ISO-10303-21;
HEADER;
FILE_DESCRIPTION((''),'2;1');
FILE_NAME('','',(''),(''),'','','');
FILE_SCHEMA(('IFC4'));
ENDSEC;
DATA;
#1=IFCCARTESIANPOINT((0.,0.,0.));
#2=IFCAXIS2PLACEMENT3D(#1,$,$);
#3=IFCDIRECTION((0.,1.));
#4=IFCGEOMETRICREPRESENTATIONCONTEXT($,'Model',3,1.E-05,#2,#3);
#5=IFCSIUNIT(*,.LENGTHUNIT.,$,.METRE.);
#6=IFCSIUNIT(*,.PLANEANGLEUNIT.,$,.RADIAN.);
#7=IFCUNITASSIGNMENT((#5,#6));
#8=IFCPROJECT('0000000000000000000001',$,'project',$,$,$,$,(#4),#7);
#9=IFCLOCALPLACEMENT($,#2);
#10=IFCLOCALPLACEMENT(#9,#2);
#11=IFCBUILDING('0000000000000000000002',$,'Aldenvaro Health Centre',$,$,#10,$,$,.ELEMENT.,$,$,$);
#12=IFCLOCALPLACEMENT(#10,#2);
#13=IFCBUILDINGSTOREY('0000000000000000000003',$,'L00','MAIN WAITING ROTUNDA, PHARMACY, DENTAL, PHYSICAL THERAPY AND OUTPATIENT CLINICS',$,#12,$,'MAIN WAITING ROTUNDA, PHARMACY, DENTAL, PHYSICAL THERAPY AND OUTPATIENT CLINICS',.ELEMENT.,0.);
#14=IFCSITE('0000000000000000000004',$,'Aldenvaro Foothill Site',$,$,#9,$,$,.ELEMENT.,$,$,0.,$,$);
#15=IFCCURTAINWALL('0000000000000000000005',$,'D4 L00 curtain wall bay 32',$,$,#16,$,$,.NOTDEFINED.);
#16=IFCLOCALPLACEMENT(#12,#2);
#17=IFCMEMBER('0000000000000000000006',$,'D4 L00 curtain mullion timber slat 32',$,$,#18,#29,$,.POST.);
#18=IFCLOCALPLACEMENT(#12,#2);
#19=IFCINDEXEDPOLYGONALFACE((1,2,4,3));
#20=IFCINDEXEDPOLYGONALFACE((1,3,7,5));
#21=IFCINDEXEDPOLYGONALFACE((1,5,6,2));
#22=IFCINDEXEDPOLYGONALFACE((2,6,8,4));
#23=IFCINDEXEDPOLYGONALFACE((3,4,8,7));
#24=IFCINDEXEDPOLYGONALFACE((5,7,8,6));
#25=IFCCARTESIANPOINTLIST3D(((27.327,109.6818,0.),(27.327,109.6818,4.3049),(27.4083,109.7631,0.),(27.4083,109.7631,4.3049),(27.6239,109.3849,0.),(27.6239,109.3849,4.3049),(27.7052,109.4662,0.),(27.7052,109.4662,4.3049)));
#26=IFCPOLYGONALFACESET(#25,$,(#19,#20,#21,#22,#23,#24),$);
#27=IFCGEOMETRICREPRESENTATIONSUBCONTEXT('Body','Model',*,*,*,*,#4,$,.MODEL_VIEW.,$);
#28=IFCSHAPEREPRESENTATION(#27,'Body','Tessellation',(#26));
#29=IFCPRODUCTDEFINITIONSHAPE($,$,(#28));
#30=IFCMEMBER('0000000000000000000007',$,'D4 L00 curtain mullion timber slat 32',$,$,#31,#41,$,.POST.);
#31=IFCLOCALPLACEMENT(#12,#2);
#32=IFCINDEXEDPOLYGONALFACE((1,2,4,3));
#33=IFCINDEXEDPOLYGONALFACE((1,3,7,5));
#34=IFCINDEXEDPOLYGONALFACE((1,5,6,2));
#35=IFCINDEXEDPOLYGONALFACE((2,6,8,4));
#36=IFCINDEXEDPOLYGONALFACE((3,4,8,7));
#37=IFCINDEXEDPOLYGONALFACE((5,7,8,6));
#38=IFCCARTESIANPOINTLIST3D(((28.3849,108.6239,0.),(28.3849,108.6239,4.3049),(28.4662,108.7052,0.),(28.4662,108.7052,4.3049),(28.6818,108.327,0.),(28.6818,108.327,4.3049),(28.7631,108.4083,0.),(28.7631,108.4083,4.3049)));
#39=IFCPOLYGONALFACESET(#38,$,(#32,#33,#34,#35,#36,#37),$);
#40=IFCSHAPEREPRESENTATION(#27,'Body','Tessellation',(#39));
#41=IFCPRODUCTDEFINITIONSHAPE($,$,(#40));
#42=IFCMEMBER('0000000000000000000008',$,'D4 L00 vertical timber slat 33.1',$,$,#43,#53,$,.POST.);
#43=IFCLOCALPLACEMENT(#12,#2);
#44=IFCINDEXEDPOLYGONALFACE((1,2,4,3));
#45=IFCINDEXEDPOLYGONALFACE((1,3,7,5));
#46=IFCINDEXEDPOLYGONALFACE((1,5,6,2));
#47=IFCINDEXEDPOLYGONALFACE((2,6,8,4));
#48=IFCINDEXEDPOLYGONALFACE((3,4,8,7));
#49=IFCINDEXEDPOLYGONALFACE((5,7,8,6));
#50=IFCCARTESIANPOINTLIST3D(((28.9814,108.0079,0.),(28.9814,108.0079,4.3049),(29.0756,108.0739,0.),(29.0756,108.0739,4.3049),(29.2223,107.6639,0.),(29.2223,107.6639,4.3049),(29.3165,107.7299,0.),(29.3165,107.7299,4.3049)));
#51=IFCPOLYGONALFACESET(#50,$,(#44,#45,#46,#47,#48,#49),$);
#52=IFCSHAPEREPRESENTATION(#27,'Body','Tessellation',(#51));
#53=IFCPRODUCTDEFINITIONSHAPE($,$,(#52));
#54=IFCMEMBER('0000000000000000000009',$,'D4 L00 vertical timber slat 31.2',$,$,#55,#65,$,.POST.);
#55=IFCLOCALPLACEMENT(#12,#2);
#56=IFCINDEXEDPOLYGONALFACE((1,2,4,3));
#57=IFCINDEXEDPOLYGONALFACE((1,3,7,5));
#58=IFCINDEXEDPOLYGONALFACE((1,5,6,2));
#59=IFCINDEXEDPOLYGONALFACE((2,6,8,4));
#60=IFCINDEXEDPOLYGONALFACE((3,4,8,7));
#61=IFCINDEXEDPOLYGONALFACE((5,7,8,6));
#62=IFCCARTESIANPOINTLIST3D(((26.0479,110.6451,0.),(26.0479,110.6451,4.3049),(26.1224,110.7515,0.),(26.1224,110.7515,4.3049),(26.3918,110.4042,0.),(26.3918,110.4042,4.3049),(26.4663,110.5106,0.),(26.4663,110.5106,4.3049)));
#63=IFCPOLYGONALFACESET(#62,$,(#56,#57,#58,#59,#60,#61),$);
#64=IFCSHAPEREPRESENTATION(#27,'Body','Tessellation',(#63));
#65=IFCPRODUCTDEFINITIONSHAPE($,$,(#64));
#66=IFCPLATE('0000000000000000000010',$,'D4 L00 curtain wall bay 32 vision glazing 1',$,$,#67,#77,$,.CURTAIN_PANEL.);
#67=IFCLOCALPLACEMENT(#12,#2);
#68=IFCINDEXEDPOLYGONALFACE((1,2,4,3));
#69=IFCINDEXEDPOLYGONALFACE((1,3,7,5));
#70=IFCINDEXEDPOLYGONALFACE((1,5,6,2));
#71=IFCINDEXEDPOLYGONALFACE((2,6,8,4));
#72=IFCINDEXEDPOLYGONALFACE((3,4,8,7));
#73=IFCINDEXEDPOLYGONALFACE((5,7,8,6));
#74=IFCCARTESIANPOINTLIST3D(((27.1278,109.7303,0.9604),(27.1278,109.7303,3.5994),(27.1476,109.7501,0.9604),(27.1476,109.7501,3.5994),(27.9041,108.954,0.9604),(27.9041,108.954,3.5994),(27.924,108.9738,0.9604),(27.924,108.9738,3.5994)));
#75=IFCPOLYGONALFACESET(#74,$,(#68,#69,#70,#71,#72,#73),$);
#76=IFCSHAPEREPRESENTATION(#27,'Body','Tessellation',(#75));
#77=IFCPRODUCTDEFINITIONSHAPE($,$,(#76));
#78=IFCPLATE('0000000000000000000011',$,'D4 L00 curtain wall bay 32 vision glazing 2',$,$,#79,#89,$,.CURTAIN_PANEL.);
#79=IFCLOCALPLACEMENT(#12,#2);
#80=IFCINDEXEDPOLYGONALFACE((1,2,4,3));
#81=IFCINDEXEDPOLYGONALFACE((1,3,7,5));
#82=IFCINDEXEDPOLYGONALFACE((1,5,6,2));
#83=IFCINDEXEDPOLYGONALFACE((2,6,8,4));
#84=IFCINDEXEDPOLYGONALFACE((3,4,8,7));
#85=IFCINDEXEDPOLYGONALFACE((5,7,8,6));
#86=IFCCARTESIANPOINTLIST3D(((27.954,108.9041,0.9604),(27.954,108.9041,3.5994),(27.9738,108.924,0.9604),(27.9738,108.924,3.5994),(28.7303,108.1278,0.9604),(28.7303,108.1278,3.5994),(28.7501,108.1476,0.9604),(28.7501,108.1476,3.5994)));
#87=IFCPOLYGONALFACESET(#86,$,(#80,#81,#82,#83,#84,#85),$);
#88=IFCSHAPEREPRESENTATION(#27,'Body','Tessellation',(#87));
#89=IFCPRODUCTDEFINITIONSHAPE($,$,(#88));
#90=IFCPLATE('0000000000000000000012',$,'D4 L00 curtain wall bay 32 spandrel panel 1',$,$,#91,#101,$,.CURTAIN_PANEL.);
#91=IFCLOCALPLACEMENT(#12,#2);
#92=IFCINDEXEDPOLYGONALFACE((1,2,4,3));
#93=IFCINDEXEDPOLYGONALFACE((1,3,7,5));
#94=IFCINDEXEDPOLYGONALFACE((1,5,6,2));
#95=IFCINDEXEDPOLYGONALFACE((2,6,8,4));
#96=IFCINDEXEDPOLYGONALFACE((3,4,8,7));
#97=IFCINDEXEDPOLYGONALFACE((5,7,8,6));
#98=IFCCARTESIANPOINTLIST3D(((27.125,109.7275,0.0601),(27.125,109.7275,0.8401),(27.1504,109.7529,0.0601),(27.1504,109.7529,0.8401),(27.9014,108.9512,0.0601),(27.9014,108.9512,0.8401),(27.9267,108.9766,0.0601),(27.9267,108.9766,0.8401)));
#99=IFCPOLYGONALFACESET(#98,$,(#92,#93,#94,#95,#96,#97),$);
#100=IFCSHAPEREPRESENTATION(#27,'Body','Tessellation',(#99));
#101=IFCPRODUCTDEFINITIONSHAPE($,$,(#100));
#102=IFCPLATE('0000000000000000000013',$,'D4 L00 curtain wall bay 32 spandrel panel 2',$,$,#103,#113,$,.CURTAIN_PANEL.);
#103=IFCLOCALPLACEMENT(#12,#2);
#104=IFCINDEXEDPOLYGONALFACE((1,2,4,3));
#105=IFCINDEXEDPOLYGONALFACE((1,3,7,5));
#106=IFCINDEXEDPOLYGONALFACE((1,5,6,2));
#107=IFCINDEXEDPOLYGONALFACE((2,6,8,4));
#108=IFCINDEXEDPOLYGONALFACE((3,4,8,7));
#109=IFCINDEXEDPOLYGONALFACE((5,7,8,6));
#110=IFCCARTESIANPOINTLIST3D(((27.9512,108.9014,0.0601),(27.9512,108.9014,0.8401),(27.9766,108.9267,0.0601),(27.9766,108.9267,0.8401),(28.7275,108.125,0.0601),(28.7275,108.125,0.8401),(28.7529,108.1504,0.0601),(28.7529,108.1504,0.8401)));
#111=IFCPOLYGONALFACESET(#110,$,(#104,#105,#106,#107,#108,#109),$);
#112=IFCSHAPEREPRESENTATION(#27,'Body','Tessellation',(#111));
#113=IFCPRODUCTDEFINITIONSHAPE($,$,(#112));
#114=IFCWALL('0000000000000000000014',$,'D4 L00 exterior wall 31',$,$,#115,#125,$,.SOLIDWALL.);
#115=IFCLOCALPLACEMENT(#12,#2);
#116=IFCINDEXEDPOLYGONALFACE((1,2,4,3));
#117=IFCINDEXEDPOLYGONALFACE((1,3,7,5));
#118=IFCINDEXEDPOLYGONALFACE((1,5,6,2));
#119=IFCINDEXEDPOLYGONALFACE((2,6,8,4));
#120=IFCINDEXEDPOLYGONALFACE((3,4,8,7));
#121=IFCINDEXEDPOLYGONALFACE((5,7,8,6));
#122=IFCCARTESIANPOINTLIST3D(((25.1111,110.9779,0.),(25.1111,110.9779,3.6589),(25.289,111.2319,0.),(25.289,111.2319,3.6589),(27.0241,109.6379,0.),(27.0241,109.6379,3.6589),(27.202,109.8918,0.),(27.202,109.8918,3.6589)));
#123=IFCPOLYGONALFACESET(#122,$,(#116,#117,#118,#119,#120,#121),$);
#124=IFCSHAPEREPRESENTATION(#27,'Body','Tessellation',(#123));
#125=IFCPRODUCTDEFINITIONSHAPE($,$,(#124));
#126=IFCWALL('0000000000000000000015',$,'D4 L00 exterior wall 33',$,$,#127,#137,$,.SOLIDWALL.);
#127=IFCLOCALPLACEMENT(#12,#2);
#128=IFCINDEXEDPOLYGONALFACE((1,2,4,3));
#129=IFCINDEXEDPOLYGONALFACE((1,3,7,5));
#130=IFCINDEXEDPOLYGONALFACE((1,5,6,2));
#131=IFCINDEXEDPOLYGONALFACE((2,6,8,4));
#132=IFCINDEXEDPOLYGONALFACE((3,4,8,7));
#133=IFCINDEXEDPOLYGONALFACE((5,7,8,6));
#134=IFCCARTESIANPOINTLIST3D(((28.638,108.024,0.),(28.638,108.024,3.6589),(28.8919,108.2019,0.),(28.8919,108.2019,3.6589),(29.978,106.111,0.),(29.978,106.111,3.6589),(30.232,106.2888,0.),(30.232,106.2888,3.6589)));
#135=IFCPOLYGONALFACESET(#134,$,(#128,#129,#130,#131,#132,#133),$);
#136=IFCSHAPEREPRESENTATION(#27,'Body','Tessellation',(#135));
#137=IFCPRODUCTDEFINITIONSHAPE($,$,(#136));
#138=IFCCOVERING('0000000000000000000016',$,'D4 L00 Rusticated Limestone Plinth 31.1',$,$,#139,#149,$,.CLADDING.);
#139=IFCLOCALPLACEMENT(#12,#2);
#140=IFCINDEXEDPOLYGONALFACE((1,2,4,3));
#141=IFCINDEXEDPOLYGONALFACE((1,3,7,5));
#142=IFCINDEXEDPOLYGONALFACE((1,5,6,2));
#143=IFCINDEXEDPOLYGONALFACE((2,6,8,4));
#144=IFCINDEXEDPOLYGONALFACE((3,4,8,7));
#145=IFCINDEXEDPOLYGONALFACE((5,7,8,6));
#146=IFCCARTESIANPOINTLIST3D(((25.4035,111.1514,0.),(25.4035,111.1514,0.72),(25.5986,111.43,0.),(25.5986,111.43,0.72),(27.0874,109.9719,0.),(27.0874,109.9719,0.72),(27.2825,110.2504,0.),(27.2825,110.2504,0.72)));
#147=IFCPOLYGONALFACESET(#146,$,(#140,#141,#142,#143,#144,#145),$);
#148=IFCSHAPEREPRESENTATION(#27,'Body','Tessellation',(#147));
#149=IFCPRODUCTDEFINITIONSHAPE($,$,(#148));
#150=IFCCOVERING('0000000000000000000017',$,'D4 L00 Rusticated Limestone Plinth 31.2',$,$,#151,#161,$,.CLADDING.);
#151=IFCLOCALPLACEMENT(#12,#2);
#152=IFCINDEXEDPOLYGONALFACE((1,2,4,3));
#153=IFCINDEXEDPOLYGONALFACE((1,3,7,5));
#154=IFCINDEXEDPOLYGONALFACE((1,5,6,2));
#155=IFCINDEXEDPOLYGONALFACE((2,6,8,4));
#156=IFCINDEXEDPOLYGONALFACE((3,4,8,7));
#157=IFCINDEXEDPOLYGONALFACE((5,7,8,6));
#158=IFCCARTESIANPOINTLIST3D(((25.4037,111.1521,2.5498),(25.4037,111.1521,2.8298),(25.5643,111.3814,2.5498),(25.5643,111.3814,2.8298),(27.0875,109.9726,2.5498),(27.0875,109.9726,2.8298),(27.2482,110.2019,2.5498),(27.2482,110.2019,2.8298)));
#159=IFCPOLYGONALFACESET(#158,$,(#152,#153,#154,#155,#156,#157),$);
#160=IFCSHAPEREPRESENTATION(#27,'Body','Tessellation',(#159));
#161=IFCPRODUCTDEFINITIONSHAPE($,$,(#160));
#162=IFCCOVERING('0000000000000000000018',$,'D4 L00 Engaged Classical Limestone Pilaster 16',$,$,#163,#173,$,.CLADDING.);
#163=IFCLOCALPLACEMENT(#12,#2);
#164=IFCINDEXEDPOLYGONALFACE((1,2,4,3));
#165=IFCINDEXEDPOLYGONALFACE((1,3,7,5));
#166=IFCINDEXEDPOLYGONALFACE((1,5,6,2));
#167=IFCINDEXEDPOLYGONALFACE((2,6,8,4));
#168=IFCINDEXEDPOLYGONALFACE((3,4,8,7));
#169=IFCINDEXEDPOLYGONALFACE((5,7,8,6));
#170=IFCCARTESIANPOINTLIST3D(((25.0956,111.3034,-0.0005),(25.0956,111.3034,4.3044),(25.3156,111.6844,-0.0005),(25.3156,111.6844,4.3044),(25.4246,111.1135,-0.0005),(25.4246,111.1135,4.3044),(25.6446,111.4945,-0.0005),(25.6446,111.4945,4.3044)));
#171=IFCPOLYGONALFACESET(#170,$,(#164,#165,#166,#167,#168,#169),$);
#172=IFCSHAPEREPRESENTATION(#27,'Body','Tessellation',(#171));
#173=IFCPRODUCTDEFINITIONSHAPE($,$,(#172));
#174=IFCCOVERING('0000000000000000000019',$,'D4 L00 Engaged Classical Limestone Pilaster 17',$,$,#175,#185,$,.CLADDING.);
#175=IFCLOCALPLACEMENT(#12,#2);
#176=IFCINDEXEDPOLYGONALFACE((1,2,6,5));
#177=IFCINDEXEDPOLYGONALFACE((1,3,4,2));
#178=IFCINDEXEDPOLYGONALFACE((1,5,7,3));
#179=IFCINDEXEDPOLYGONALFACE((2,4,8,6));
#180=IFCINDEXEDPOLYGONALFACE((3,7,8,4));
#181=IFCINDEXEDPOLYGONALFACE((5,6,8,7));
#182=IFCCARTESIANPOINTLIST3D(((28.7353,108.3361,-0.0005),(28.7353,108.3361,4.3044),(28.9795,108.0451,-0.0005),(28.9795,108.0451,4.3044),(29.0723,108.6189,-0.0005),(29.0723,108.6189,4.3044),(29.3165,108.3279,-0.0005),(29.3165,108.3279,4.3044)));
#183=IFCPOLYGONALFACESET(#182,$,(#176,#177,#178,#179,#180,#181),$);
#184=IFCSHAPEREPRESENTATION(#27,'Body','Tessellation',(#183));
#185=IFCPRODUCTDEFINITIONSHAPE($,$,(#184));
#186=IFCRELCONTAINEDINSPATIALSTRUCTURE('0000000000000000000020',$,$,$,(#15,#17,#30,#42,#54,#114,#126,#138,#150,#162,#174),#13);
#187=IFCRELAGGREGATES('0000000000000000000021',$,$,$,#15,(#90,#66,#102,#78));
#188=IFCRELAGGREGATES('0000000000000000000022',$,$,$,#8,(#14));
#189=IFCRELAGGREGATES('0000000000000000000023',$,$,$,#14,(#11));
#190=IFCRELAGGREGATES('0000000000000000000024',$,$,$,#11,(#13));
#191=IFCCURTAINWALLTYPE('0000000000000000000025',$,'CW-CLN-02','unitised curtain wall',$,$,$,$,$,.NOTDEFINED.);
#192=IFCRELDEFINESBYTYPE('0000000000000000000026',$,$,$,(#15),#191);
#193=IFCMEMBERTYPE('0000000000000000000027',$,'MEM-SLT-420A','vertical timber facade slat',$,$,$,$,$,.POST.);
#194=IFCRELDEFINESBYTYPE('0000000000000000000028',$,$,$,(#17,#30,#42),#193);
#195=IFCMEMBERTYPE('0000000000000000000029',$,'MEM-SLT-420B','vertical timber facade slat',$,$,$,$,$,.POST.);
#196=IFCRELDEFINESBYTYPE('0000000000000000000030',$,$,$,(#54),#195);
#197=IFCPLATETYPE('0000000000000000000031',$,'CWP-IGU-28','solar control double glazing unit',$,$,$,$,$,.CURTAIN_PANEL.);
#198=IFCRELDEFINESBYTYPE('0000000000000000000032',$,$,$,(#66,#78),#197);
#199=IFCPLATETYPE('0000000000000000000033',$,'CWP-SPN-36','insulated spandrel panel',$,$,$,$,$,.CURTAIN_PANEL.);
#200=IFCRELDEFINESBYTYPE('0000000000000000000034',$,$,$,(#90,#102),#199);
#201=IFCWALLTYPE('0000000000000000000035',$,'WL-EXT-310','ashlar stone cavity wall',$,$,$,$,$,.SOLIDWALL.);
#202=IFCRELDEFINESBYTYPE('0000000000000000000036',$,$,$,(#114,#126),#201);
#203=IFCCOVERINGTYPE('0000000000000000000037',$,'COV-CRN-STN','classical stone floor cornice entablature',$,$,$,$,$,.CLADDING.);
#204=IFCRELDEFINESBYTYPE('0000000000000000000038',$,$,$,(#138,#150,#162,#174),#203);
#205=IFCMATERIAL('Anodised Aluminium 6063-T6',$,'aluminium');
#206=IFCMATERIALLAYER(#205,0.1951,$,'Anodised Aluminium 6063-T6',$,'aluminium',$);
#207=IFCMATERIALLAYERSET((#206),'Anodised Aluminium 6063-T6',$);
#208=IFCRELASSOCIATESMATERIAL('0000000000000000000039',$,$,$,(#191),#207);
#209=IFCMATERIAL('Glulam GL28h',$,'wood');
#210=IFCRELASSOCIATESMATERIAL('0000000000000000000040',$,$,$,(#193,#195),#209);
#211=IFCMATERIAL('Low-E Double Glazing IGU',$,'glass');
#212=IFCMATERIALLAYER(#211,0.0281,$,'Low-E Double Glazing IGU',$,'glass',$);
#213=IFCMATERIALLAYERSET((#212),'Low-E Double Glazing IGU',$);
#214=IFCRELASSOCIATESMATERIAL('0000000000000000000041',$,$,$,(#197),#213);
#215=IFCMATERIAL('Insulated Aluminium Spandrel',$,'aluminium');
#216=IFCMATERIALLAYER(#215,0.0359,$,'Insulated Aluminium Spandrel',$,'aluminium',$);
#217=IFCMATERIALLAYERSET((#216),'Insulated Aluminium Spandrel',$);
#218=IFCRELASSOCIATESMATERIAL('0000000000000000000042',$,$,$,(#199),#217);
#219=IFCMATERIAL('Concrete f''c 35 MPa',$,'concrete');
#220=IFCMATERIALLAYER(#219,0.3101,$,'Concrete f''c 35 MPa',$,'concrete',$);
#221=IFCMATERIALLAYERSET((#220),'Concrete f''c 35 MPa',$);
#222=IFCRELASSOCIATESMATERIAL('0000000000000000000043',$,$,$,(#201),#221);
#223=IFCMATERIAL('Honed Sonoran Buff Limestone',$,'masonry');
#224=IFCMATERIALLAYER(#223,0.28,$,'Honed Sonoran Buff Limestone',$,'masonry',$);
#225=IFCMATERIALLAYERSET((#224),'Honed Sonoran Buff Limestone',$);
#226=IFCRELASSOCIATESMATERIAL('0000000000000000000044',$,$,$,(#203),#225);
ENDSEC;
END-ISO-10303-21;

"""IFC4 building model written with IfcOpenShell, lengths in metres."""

from ifc_helpers import new_model, si_unit, direction, frame, frame_2d, origin, origin_2d, place, context, subcontext, project, spatial, rectangle, extrude, material, layer, layer_set, material_profile, profile_set, type_object, element, aggregate, save


model = new_model("IFC4")

# Units and contexts
model_context = context("Model", 3, precision=1e-05, world=origin(), true_north=direction((0.0, 1.0)))
body_context = subcontext(model_context, "Body", "Model", "MODEL_VIEW")
ifc_project = project(units=[si_unit("LENGTHUNIT", "METRE"), si_unit("PLANEANGLEUNIT", "RADIAN")], contexts=[model_context])

# Site, building, storey
site_placement = place(None, origin())
site = spatial("IfcSite", under=ifc_project, at=site_placement, Name="Aldenvaro Foothill Site", CompositionType="ELEMENT", RefElevation=0.0)
building_placement = place(site_placement, origin())
building = spatial("IfcBuilding", under=site, at=building_placement, Name="Aldenvaro Health Centre", CompositionType="ELEMENT")
storey_placement = place(building_placement, origin())
storey = spatial("IfcBuildingStorey", under=building, at=storey_placement, Name="L00", Description="MAIN WAITING ROTUNDA, PHARMACY, DENTAL, PHYSICAL THERAPY AND OUTPATIENT CLINICS", LongName="MAIN WAITING ROTUNDA, PHARMACY, DENTAL, PHYSICAL THERAPY AND OUTPATIENT CLINICS", CompositionType="ELEMENT", Elevation=0.0)

# Shared definitions
ifc_material_1 = material(Name="Glulam GL28h", Category="wood")

# Curtain wall
ifc_material_2 = material(Name="Anodised Aluminium 6063-T6", Category="aluminium")
ifc_layer_1 = layer(ifc_material_2, 0.1951, Name="Anodised Aluminium 6063-T6", Category="aluminium")
ifc_layer_set_1 = layer_set([ifc_layer_1], Name="Anodised Aluminium 6063-T6")
curtain_wall_type = type_object("IfcCurtainWallType", Name="CW-CLN-02", Description="unitised curtain wall", PredefinedType="NOTDEFINED", material=ifc_layer_set_1)
curtain_wall_placement = place(storey_placement, origin())
curtain_wall = element("IfcCurtainWall", 1, at=curtain_wall_placement, inside=storey, type_object=curtain_wall_type, Name="D4 L00 curtain wall bay 32", PredefinedType="NOTDEFINED")

# Members
ifc_material_profile_1 = material_profile(ifc_material_1, rectangle(XDim=0.115, YDim=0.4199, at=origin_2d()), Name="GL 115x420", Category="wood")
ifc_profile_set_1 = profile_set([ifc_material_profile_1], Name="Glulam GL28h")
member_type_1 = type_object("IfcMemberType", Name="MEM-SLT-420A", Description="vertical timber facade slat", PredefinedType="POST", material=ifc_profile_set_1)
for number, where, z_axis, x_axis, name in (
    (2, (27.5161, 109.574, 0.0), (0.0, 0.0, 1.0), (0.707107, 0.707107, 0.0), "D4 L00 curtain mullion timber slat 32"),
    (3, (28.574, 108.5161, 0.0), (0.0, 0.0, 1.0), (0.707107, 0.707107, 0.0), "D4 L00 curtain mullion timber slat 32"),
    (4, (29.1489, 107.8689, 0.0), (0.0, 0.0, 1.0), (0.819051, 0.573721, 0.0), "D4 L00 vertical timber slat 33.1"),
):
    element("IfcMember", number, at=place(storey_placement, frame(where, z_axis=z_axis, x_axis=x_axis)), inside=storey, type_object=member_type_1, Name=name, PredefinedType="POST", context=body_context, shape_type="SweptSolid", body=[
        extrude(rectangle(XDim=0.115, YDim=0.4199, at=origin_2d()), origin(), (0.0, 0.0, 1.0), 4.3049),
    ])
ifc_material_profile_2 = material_profile(ifc_material_1, rectangle(XDim=0.1299, YDim=0.4199, at=origin_2d()), Name="GL 130x420", Category="wood")
ifc_profile_set_2 = profile_set([ifc_material_profile_2], Name="Glulam GL28h")
member_type_2 = type_object("IfcMemberType", Name="MEM-SLT-420B", Description="vertical timber facade slat", PredefinedType="POST", material=ifc_profile_set_2)
member_1_placement = place(storey_placement, frame((26.2571, 110.5779, 0.0), z_axis=(0.0, 0.0, 1.0), x_axis=(0.573721, 0.819051, 0.0)))
element("IfcMember", 5, at=member_1_placement, inside=storey, type_object=member_type_2, Name="D4 L00 vertical timber slat 31.2", PredefinedType="POST", context=body_context, shape_type="SweptSolid", body=[
    extrude(rectangle(XDim=0.1299, YDim=0.4199, at=origin_2d()), origin(), (0.0, 0.0, 1.0), 4.3049),
])

# Plates
ifc_material_3 = material(Name="Low-E Double Glazing IGU", Category="glass")
ifc_layer_2 = layer(ifc_material_3, 0.0281, Name="Low-E Double Glazing IGU", Category="glass")
ifc_layer_set_2 = layer_set([ifc_layer_2], Name="Low-E Double Glazing IGU")
plate_type_1 = type_object("IfcPlateType", Name="CWP-IGU-28", Description="solar control double glazing unit", PredefinedType="CURTAIN_PANEL", material=ifc_layer_set_2)
plate_1_placement = place(storey_placement, frame((27.5259, 109.3521, 0.9604), z_axis=(0.0, 0.0, 1.0), x_axis=(0.707107, -0.707107, 0.0)))
plate_1 = element("IfcPlate", 6, at=plate_1_placement, type_object=plate_type_1, Name="D4 L00 curtain wall bay 32 vision glazing 1", PredefinedType="CURTAIN_PANEL", context=body_context, shape_type="SweptSolid", body=[
    extrude(rectangle(XDim=1.0979, YDim=0.0281, at=origin_2d()), origin(), (0.0, 0.0, 1.0), 2.6389),
])
plate_2_placement = place(storey_placement, frame((28.3521, 108.5259, 0.9604), z_axis=(0.0, 0.0, 1.0), x_axis=(0.707107, -0.707107, 0.0)))
plate_2 = element("IfcPlate", 7, at=plate_2_placement, type_object=plate_type_1, Name="D4 L00 curtain wall bay 32 vision glazing 2", PredefinedType="CURTAIN_PANEL", context=body_context, shape_type="SweptSolid", body=[
    extrude(rectangle(XDim=1.0979, YDim=0.0281, at=origin_2d()), origin(), (0.0, 0.0, 1.0), 2.6389),
])
ifc_material_4 = material(Name="Insulated Aluminium Spandrel", Category="aluminium")
ifc_layer_3 = layer(ifc_material_4, 0.0359, Name="Insulated Aluminium Spandrel", Category="aluminium")
ifc_layer_set_3 = layer_set([ifc_layer_3], Name="Insulated Aluminium Spandrel")
plate_type_2 = type_object("IfcPlateType", Name="CWP-SPN-36", Description="insulated spandrel panel", PredefinedType="CURTAIN_PANEL", material=ifc_layer_set_3)
plate_3_placement = place(storey_placement, frame((27.5259, 109.3521, 0.0601), z_axis=(0.0, 0.0, 1.0), x_axis=(0.707107, -0.707107, 0.0)))
plate_3 = element("IfcPlate", 8, at=plate_3_placement, type_object=plate_type_2, Name="D4 L00 curtain wall bay 32 spandrel panel 1", PredefinedType="CURTAIN_PANEL", context=body_context, shape_type="SweptSolid", body=[
    extrude(rectangle(XDim=1.0979, YDim=0.0359, at=origin_2d()), origin(), (0.0, 0.0, 1.0), 0.78),
])
plate_4_placement = place(storey_placement, frame((28.3521, 108.5259, 0.0601), z_axis=(0.0, 0.0, 1.0), x_axis=(0.707107, -0.707107, 0.0)))
plate_4 = element("IfcPlate", 9, at=plate_4_placement, type_object=plate_type_2, Name="D4 L00 curtain wall bay 32 spandrel panel 2", PredefinedType="CURTAIN_PANEL", context=body_context, shape_type="SweptSolid", body=[
    extrude(rectangle(XDim=1.0979, YDim=0.0359, at=origin_2d()), origin(), (0.0, 0.0, 1.0), 0.78),
])
aggregate(curtain_wall, [plate_3, plate_1, plate_4, plate_2])

# Walls
ifc_material_5 = material(Name="Concrete f'c 35 MPa", Category="concrete")
ifc_layer_4 = layer(ifc_material_5, 0.3101, Name="Concrete f'c 35 MPa", Category="concrete")
ifc_layer_set_4 = layer_set([ifc_layer_4], Name="Concrete f'c 35 MPa")
wall_type = type_object("IfcWallType", Name="WL-EXT-310", Description="ashlar stone cavity wall", PredefinedType="SOLIDWALL", material=ifc_layer_set_4)
for number, where, z_axis, x_axis, name in (
    (10, (25.2, 111.105, 0.0), (0.0, 0.0, 1.0), (0.819045, -0.573729, 0.0), "D4 L00 exterior wall 31"),
    (11, (28.7649, 108.113, 0.0), (0.0, 0.0, 1.0), (0.573729, -0.819045, 0.0), "D4 L00 exterior wall 33"),
):
    element("IfcWall", number, at=place(storey_placement, frame(where, z_axis=z_axis, x_axis=x_axis)), inside=storey, type_object=wall_type, Name=name, PredefinedType="SOLIDWALL", context=body_context, shape_type="SweptSolid", body=[
        extrude(rectangle(XDim=2.3357, YDim=0.3101, at=frame_2d((1.168, 0.0))), origin(), (0.0, 0.0, 1.0), 3.6589),
    ])

# Coverings
ifc_material_6 = material(Name="Honed Sonoran Buff Limestone", Category="masonry")
ifc_layer_5 = layer(ifc_material_6, 0.28, Name="Honed Sonoran Buff Limestone", Category="masonry")
ifc_layer_set_5 = layer_set([ifc_layer_5], Name="Honed Sonoran Buff Limestone")
covering_type = type_object("IfcCoveringType", Name="COV-CRN-STN", Description="classical stone floor cornice entablature", PredefinedType="CLADDING", material=ifc_layer_set_5)
covering_1_placement = place(storey_placement, frame((26.343, 110.7009, 0.0), z_axis=(0.0, 0.0, 1.0), x_axis=(0.819051, -0.573721, 0.0)))
element("IfcCovering", 12, at=covering_1_placement, inside=storey, type_object=covering_type, Name="D4 L00 Rusticated Limestone Plinth 31.1", PredefinedType="CLADDING", context=body_context, shape_type="SweptSolid", body=[
    extrude(rectangle(XDim=2.0559, YDim=0.3401, at=origin_2d()), origin(), (0.0, 0.0, 1.0), 0.72),
])
covering_2_placement = place(storey_placement, frame((26.3259, 110.677, 2.5498), z_axis=(0.0, 0.0, 1.0), x_axis=(0.819051, -0.573721, 0.0)))
element("IfcCovering", 13, at=covering_2_placement, inside=storey, type_object=covering_type, Name="D4 L00 Rusticated Limestone Plinth 31.2", PredefinedType="CLADDING", context=body_context, shape_type="SweptSolid", body=[
    extrude(rectangle(XDim=2.0559, YDim=0.28, at=origin_2d()), origin(), (0.0, 0.0, 1.0), 0.28),
])
for number, where, z_axis, x_axis, name in (
    (14, (25.3701, 111.3989, -0.0005), (0.0, 0.0, 1.0), (0.499992, 0.86603, 0.0), "D4 L00 Engaged Classical Limestone Pilaster 16"),
    (15, (29.0259, 108.332, -0.0005), (0.0, 0.0, 1.0), (0.766058, 0.642772, 0.0), "D4 L00 Engaged Classical Limestone Pilaster 17"),
):
    element("IfcCovering", number, at=place(storey_placement, frame(where, z_axis=z_axis, x_axis=x_axis)), inside=storey, type_object=covering_type, Name=name, PredefinedType="CLADDING", context=body_context, shape_type="SweptSolid", body=[
        extrude(rectangle(XDim=0.4399, YDim=0.3799, at=origin_2d()), origin(), (0.0, 0.0, 1.0), 4.3049),
    ])

save(model, "model.ifc")
